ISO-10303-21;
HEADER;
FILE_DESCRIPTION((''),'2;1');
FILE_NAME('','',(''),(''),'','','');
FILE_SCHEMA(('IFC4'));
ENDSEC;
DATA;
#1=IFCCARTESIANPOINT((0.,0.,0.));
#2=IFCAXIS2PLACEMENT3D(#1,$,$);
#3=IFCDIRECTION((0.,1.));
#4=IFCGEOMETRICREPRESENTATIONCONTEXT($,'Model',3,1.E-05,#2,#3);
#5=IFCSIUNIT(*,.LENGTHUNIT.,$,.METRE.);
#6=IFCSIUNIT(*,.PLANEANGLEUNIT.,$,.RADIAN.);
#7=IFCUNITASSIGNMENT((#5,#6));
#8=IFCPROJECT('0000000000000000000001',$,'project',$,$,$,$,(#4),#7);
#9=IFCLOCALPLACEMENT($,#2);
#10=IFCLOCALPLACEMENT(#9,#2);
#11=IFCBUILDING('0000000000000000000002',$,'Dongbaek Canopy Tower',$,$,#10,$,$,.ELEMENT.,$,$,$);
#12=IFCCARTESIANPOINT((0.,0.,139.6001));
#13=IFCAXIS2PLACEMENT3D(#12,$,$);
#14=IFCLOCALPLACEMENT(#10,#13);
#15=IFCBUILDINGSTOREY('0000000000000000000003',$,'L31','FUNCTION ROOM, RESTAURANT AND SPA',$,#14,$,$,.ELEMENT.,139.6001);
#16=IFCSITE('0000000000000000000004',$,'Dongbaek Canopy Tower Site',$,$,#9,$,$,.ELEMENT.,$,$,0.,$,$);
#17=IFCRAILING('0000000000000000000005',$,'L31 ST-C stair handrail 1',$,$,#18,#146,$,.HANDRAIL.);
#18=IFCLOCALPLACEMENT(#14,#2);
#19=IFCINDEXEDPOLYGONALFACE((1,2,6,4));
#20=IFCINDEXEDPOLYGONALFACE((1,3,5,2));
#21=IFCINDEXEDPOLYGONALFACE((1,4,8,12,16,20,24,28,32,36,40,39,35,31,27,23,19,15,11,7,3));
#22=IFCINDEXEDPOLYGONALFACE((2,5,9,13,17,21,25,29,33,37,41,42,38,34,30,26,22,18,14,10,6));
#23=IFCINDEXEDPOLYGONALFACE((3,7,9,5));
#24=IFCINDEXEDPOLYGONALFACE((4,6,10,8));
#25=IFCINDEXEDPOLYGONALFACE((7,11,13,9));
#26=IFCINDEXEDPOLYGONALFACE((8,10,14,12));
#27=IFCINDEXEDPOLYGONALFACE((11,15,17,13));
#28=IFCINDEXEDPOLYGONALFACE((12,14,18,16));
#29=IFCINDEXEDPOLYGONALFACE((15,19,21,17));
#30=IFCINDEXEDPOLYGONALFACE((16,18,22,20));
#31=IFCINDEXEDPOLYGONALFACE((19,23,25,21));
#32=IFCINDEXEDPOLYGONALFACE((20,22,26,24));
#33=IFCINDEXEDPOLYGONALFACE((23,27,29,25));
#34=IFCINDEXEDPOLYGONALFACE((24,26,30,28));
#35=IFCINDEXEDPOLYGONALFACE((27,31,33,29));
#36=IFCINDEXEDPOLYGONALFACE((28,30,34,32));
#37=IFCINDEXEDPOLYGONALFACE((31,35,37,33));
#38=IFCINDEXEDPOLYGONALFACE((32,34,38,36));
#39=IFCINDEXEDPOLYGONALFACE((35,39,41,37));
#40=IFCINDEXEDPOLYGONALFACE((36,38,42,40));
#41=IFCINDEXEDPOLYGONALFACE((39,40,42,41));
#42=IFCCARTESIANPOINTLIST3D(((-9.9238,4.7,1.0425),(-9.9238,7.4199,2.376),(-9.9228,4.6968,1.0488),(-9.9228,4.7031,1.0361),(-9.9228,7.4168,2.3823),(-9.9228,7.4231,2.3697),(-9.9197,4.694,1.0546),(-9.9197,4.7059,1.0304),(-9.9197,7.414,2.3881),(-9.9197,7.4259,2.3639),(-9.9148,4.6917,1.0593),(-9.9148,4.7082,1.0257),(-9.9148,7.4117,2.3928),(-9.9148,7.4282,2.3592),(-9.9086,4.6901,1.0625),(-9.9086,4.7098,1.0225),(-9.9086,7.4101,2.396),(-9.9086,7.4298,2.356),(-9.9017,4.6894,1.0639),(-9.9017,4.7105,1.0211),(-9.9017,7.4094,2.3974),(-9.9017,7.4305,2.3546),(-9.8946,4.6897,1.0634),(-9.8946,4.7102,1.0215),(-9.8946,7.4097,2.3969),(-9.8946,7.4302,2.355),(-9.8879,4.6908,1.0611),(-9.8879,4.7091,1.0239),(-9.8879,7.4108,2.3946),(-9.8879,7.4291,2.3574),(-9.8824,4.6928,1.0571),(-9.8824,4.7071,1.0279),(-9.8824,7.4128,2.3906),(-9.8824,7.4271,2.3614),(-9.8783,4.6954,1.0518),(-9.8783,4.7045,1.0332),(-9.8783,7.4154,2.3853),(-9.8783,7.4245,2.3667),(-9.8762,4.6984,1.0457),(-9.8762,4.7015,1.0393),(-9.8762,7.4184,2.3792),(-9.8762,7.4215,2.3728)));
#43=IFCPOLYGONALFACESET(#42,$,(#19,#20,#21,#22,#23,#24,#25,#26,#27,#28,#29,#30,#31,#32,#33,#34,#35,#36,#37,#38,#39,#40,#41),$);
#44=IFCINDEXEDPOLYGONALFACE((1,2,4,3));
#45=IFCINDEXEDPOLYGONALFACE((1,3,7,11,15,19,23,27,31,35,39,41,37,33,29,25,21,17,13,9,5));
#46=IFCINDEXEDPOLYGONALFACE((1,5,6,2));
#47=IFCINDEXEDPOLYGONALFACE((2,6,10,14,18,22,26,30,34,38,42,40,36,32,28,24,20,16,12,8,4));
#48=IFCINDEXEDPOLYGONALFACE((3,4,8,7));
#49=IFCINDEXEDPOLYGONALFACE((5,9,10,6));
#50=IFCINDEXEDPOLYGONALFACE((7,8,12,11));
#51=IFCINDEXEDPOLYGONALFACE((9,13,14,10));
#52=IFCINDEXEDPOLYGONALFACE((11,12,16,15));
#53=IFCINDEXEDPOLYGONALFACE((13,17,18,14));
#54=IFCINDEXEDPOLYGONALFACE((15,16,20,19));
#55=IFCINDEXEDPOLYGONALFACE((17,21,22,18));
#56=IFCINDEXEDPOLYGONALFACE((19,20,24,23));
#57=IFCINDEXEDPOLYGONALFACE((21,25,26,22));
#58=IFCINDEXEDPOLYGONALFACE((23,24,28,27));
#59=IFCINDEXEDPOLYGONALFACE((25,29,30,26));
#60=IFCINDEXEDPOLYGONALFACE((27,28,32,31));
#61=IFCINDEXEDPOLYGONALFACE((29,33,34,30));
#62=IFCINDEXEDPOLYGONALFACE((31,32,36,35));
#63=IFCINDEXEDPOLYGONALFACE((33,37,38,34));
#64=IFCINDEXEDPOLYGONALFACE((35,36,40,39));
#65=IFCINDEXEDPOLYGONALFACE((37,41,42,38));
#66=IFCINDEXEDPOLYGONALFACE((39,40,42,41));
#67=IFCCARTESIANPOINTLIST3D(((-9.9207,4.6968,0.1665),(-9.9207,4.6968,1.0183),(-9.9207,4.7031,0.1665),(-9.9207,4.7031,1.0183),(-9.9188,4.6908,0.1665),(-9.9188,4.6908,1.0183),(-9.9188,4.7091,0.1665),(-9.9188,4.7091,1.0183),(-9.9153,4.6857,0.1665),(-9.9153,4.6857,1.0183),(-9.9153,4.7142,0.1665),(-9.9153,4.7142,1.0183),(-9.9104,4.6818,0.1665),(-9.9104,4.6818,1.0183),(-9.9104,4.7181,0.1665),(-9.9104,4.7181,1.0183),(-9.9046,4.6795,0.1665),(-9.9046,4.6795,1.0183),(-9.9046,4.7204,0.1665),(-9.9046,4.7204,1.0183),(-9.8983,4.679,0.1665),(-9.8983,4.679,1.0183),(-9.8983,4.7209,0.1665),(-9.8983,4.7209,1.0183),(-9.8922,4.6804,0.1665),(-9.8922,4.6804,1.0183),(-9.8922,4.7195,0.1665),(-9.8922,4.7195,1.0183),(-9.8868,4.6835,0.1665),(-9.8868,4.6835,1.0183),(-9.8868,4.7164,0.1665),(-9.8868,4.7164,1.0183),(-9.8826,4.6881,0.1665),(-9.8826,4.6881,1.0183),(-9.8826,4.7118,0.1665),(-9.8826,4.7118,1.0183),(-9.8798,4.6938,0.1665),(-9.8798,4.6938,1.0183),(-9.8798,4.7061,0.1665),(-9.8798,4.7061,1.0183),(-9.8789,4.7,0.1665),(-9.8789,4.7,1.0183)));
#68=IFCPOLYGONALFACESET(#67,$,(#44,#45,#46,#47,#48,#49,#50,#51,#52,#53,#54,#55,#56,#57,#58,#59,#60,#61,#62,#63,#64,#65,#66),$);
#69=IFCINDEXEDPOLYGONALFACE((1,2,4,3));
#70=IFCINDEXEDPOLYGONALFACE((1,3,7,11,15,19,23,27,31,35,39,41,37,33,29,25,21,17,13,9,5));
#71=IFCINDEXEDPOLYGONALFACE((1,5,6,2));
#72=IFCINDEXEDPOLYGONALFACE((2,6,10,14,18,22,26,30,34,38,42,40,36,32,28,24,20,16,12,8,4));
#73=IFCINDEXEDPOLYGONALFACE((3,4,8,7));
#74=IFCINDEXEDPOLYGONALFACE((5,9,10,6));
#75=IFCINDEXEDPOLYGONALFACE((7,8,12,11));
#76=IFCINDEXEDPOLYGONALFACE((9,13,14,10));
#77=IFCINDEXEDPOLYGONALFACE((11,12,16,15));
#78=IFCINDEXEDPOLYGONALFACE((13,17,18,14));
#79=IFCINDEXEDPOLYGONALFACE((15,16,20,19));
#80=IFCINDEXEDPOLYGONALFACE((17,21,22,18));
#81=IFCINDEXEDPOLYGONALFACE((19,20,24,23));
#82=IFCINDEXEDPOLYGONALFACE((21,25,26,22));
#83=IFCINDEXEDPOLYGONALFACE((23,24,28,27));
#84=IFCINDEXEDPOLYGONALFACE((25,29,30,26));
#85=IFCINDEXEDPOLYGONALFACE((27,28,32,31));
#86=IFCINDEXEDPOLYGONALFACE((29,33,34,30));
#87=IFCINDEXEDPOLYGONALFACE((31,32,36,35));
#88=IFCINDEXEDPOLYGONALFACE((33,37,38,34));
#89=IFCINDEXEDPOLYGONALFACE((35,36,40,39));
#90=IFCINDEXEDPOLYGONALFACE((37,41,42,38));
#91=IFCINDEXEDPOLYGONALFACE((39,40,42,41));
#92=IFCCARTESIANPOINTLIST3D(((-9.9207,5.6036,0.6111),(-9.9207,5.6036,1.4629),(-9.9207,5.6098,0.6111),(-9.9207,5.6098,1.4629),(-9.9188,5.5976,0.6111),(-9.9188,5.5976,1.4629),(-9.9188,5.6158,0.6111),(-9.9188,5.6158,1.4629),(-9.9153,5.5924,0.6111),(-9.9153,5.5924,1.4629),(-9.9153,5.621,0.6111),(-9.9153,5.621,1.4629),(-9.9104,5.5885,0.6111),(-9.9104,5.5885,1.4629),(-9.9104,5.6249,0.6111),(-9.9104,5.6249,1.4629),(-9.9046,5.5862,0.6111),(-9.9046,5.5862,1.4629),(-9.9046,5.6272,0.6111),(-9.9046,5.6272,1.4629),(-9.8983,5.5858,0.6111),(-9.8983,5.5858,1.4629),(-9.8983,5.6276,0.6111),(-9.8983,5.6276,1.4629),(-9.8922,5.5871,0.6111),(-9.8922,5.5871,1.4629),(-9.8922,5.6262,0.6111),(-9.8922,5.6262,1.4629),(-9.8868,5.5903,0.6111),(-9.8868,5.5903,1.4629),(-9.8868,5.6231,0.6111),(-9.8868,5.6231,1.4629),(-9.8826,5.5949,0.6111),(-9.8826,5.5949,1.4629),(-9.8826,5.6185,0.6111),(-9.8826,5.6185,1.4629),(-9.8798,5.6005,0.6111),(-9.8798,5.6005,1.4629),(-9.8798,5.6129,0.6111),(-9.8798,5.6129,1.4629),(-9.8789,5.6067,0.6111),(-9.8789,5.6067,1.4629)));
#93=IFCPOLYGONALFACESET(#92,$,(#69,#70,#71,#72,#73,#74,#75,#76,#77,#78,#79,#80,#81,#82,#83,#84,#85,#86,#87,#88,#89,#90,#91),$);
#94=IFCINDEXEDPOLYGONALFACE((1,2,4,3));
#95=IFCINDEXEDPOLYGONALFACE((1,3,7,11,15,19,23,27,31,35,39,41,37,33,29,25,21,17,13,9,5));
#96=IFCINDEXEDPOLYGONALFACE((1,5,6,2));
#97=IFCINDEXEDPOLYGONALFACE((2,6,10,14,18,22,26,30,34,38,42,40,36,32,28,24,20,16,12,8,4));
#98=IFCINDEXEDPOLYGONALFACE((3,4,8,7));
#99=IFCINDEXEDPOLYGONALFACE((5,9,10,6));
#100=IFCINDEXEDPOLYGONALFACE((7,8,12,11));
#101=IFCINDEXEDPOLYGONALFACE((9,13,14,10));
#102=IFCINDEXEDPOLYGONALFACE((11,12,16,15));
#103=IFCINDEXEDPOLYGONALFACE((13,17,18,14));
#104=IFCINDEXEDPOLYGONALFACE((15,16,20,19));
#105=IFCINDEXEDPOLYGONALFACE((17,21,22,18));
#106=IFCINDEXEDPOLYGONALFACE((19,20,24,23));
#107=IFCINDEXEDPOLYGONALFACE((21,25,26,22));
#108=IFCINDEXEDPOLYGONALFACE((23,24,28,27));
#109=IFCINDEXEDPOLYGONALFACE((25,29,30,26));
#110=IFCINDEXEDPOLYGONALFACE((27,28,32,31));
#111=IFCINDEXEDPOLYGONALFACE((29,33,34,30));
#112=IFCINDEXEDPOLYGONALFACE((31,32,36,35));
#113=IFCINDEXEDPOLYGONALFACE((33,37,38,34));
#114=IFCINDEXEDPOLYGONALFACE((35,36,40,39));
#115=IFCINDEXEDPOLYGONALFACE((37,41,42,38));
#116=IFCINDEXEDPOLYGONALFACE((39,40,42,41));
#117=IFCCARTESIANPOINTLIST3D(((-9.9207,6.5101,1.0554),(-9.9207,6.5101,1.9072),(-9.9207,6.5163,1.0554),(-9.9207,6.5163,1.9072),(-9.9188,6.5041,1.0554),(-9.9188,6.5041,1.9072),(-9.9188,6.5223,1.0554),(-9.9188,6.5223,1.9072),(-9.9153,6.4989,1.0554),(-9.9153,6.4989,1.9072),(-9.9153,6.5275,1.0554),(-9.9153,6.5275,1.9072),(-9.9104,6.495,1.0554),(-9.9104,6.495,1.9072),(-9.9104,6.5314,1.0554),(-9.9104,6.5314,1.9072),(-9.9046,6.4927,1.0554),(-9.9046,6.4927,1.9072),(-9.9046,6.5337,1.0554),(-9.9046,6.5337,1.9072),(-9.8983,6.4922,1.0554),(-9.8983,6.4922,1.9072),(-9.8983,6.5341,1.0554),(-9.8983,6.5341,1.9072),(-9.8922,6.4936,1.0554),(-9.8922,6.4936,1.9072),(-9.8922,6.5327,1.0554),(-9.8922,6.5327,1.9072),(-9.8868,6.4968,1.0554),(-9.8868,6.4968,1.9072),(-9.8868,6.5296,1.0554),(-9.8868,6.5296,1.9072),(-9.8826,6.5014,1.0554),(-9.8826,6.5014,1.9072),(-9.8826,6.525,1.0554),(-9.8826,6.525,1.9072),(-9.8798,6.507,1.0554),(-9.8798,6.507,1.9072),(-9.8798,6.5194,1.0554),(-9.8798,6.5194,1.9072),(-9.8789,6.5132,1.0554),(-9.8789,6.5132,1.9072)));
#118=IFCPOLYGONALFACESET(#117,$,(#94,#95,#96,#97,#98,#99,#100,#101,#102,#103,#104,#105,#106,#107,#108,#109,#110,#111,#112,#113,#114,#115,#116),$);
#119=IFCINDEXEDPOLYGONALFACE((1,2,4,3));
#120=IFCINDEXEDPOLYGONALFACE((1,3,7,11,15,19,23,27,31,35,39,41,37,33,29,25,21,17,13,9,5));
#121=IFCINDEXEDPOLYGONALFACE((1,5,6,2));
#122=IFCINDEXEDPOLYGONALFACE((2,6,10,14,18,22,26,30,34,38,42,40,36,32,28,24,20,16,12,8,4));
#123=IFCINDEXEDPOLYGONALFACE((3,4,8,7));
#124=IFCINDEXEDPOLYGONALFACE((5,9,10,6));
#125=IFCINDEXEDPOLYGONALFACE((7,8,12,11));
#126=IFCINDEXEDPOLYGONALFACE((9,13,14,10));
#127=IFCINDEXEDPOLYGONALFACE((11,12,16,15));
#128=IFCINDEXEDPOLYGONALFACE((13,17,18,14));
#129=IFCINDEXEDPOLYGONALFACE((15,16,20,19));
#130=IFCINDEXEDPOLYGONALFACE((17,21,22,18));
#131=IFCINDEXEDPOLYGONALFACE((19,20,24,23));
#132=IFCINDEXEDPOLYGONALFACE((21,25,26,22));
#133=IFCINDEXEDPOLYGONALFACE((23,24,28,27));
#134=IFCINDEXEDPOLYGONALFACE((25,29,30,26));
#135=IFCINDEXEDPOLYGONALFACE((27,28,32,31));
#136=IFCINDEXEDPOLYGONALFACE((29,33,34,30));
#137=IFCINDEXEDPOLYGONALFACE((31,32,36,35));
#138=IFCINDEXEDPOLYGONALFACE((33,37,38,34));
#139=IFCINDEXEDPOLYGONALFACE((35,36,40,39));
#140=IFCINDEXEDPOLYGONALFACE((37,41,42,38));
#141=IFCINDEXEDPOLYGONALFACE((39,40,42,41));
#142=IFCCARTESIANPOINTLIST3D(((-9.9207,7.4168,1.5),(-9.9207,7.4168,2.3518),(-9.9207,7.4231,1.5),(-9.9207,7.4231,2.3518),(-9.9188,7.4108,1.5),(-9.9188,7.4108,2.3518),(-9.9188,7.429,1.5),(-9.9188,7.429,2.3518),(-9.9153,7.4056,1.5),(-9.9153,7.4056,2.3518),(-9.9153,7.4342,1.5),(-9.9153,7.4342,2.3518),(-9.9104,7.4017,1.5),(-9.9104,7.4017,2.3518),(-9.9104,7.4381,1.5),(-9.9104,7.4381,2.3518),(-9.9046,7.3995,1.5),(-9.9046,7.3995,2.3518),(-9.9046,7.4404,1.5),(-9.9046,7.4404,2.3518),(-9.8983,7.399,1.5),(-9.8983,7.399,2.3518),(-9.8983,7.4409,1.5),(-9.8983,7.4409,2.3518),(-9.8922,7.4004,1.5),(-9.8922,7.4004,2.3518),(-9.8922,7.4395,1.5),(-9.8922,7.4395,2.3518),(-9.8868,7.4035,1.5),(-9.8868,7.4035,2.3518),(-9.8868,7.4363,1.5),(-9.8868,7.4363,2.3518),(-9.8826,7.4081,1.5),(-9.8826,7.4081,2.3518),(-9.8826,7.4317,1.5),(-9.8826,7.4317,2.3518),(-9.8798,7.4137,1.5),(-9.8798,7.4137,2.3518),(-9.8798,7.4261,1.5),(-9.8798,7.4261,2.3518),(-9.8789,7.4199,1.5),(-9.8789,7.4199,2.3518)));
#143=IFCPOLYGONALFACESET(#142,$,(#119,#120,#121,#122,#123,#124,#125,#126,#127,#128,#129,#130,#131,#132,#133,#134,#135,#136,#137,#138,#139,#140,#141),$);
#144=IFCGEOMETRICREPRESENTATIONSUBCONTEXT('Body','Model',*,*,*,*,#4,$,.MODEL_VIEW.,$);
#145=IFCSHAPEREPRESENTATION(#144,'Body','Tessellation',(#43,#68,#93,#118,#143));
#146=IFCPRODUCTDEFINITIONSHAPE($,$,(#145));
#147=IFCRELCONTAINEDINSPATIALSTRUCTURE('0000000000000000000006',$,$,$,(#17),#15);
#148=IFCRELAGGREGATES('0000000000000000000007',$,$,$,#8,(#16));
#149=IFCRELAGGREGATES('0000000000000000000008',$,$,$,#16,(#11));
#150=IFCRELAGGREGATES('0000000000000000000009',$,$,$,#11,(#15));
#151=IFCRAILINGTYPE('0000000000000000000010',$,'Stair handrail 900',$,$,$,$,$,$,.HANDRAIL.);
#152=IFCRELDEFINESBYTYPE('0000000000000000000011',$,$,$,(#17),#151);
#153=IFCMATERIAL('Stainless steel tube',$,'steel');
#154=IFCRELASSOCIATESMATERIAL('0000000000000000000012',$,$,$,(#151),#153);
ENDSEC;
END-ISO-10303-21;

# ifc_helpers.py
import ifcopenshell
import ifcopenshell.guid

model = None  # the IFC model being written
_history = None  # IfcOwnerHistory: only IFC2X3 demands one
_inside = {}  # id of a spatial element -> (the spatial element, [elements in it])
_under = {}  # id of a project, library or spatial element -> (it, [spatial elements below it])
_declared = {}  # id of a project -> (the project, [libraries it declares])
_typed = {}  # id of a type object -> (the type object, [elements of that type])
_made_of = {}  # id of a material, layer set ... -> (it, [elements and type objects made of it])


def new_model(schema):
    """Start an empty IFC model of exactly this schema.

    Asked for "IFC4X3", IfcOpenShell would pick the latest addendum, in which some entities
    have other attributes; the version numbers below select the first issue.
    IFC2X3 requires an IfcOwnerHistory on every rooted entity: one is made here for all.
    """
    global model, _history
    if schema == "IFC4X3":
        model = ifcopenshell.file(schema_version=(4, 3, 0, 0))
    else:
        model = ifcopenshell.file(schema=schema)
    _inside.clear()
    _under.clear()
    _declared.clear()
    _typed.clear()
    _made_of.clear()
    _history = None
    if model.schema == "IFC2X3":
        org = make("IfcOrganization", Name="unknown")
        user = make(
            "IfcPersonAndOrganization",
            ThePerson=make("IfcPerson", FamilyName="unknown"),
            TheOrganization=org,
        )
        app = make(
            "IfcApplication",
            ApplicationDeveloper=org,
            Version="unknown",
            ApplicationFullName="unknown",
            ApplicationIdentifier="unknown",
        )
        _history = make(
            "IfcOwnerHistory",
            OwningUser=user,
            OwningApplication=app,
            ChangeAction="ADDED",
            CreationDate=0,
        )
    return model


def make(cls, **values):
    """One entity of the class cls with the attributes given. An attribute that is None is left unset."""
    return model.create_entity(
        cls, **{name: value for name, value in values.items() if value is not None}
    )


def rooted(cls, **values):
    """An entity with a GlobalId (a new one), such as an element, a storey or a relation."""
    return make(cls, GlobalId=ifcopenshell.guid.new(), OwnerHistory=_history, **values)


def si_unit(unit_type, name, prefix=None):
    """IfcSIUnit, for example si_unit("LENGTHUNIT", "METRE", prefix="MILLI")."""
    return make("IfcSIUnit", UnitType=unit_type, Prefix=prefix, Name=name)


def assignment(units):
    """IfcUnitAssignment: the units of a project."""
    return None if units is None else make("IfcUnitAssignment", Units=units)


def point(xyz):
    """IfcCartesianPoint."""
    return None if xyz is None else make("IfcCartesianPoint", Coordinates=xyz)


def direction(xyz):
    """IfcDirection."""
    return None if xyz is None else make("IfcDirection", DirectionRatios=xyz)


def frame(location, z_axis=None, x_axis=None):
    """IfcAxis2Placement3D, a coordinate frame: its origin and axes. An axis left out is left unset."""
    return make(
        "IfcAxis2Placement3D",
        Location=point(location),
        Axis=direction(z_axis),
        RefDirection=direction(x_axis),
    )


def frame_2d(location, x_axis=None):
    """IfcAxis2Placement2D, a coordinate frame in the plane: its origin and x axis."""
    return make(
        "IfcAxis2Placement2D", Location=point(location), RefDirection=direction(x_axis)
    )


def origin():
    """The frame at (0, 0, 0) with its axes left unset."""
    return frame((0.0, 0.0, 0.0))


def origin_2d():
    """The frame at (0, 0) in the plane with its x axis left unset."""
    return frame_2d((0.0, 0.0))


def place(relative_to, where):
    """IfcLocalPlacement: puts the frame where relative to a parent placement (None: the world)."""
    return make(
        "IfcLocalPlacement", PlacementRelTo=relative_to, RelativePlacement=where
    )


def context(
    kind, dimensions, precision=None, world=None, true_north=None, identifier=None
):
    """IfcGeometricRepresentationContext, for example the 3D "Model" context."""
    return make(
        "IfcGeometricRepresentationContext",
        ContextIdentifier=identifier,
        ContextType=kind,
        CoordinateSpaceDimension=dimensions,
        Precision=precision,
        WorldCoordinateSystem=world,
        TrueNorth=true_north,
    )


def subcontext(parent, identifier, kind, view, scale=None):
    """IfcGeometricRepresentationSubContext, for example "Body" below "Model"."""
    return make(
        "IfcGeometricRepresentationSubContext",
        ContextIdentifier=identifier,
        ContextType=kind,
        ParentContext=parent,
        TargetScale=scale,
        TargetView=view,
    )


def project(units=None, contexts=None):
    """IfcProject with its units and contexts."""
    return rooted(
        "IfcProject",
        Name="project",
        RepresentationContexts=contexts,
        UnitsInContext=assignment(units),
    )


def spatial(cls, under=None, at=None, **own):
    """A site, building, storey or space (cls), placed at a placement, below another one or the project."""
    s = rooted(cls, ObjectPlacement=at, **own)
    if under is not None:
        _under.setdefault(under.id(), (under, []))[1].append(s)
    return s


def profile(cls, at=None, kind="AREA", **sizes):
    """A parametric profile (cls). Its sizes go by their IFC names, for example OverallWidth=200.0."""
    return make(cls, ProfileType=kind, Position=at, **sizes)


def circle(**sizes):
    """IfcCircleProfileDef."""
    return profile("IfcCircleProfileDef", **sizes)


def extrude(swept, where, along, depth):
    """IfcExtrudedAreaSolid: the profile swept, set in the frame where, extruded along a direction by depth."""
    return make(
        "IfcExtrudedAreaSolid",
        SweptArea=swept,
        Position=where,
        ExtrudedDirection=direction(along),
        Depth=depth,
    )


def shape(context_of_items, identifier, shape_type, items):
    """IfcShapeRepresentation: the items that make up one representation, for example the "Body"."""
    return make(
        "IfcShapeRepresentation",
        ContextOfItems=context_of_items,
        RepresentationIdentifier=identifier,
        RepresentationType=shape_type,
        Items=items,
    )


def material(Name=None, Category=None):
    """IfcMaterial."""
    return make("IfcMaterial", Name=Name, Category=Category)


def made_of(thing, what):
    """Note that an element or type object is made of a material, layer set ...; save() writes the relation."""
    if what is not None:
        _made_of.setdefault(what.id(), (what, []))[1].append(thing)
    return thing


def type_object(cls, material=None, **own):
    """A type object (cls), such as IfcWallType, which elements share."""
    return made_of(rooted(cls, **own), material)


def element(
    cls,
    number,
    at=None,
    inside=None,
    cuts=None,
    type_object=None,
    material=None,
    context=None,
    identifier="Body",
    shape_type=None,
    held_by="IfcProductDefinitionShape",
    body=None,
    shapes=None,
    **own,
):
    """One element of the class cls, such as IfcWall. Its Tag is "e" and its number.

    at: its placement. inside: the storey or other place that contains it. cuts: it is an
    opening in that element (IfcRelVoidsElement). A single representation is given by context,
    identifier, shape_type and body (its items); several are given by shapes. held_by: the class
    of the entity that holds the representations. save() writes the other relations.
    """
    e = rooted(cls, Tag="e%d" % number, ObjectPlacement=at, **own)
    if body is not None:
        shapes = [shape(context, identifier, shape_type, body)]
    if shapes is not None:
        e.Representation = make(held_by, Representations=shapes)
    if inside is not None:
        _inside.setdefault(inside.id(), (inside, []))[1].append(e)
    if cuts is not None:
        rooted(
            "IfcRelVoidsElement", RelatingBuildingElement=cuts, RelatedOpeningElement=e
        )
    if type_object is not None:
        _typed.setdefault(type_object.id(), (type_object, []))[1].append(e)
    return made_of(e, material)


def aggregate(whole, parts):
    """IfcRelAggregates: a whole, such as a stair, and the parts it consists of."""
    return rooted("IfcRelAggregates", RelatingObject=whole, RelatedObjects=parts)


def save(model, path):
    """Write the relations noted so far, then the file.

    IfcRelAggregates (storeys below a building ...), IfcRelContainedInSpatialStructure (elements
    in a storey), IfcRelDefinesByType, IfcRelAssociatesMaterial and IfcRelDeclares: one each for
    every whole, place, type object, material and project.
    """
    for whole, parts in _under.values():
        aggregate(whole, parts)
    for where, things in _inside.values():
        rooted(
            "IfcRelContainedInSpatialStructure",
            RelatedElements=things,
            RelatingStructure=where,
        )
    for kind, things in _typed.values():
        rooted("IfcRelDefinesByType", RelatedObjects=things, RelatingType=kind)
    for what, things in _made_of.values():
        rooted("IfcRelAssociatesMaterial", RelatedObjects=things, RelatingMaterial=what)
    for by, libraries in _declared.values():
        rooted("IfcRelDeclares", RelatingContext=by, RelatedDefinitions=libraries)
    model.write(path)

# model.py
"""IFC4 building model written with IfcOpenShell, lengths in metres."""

from ifc_helpers import new_model, si_unit, direction, frame, origin, origin_2d, place, context, subcontext, project, spatial, circle, extrude, material, type_object, element, save


model = new_model("IFC4")

# Units and contexts
model_context = context("Model", 3, precision=1e-05, world=origin(), true_north=direction((0.0, 1.0)))
body_context = subcontext(model_context, "Body", "Model", "MODEL_VIEW")
ifc_project = project(units=[si_unit("LENGTHUNIT", "METRE"), si_unit("PLANEANGLEUNIT", "RADIAN")], contexts=[model_context])

# Site, building, storey
site_placement = place(None, origin())
site = spatial("IfcSite", under=ifc_project, at=site_placement, Name="Dongbaek Canopy Tower Site", CompositionType="ELEMENT", RefElevation=0.0)
building_placement = place(site_placement, origin())
building = spatial("IfcBuilding", under=site, at=building_placement, Name="Dongbaek Canopy Tower", CompositionType="ELEMENT")
storey_placement = place(building_placement, frame((0.0, 0.0, 139.6001)))
storey = spatial("IfcBuildingStorey", under=building, at=storey_placement, Name="L31", Description="FUNCTION ROOM, RESTAURANT AND SPA", CompositionType="ELEMENT", Elevation=139.6001)

# Railing
ifc_material_1 = material(Name="Stainless steel tube", Category="steel")
railing_type_1 = type_object("IfcRailingType", Name="Stair handrail 900", PredefinedType="HANDRAIL", material=ifc_material_1)
for number, where, name in (
    (1, (-9.8999, 4.7, 0.1665), "L31 ST-C stair handrail 1"),
):
    element("IfcRailing", number, at=place(storey_placement, frame(where)), inside=storey, type_object=railing_type_1, Name=name, PredefinedType="HANDRAIL", context=body_context, shape_type="SweptSolid", body=[
        extrude(circle(Radius=0.0239, at=origin_2d()), frame((0.0, 0.0, 0.876), z_axis=(0.0, 0.897898, 0.440204), x_axis=(-1.0, 0.0, 0.0)), (0.0, 0.0, 1.0), 3.0293),
        extrude(circle(Radius=0.021, at=origin_2d()), origin(), (0.0, 0.0, 1.0), 0.8518),
        extrude(circle(Radius=0.021, at=origin_2d()), frame((0.0, 0.9067, 0.4446)), (0.0, 0.0, 1.0), 0.8518),
        extrude(circle(Radius=0.021, at=origin_2d()), frame((0.0, 1.8132, 0.8889)), (0.0, 0.0, 1.0), 0.8518),
        extrude(circle(Radius=0.021, at=origin_2d()), frame((0.0, 2.72, 1.3335)), (0.0, 0.0, 1.0), 0.8518),
    ])

save(model, "model.ifc")
